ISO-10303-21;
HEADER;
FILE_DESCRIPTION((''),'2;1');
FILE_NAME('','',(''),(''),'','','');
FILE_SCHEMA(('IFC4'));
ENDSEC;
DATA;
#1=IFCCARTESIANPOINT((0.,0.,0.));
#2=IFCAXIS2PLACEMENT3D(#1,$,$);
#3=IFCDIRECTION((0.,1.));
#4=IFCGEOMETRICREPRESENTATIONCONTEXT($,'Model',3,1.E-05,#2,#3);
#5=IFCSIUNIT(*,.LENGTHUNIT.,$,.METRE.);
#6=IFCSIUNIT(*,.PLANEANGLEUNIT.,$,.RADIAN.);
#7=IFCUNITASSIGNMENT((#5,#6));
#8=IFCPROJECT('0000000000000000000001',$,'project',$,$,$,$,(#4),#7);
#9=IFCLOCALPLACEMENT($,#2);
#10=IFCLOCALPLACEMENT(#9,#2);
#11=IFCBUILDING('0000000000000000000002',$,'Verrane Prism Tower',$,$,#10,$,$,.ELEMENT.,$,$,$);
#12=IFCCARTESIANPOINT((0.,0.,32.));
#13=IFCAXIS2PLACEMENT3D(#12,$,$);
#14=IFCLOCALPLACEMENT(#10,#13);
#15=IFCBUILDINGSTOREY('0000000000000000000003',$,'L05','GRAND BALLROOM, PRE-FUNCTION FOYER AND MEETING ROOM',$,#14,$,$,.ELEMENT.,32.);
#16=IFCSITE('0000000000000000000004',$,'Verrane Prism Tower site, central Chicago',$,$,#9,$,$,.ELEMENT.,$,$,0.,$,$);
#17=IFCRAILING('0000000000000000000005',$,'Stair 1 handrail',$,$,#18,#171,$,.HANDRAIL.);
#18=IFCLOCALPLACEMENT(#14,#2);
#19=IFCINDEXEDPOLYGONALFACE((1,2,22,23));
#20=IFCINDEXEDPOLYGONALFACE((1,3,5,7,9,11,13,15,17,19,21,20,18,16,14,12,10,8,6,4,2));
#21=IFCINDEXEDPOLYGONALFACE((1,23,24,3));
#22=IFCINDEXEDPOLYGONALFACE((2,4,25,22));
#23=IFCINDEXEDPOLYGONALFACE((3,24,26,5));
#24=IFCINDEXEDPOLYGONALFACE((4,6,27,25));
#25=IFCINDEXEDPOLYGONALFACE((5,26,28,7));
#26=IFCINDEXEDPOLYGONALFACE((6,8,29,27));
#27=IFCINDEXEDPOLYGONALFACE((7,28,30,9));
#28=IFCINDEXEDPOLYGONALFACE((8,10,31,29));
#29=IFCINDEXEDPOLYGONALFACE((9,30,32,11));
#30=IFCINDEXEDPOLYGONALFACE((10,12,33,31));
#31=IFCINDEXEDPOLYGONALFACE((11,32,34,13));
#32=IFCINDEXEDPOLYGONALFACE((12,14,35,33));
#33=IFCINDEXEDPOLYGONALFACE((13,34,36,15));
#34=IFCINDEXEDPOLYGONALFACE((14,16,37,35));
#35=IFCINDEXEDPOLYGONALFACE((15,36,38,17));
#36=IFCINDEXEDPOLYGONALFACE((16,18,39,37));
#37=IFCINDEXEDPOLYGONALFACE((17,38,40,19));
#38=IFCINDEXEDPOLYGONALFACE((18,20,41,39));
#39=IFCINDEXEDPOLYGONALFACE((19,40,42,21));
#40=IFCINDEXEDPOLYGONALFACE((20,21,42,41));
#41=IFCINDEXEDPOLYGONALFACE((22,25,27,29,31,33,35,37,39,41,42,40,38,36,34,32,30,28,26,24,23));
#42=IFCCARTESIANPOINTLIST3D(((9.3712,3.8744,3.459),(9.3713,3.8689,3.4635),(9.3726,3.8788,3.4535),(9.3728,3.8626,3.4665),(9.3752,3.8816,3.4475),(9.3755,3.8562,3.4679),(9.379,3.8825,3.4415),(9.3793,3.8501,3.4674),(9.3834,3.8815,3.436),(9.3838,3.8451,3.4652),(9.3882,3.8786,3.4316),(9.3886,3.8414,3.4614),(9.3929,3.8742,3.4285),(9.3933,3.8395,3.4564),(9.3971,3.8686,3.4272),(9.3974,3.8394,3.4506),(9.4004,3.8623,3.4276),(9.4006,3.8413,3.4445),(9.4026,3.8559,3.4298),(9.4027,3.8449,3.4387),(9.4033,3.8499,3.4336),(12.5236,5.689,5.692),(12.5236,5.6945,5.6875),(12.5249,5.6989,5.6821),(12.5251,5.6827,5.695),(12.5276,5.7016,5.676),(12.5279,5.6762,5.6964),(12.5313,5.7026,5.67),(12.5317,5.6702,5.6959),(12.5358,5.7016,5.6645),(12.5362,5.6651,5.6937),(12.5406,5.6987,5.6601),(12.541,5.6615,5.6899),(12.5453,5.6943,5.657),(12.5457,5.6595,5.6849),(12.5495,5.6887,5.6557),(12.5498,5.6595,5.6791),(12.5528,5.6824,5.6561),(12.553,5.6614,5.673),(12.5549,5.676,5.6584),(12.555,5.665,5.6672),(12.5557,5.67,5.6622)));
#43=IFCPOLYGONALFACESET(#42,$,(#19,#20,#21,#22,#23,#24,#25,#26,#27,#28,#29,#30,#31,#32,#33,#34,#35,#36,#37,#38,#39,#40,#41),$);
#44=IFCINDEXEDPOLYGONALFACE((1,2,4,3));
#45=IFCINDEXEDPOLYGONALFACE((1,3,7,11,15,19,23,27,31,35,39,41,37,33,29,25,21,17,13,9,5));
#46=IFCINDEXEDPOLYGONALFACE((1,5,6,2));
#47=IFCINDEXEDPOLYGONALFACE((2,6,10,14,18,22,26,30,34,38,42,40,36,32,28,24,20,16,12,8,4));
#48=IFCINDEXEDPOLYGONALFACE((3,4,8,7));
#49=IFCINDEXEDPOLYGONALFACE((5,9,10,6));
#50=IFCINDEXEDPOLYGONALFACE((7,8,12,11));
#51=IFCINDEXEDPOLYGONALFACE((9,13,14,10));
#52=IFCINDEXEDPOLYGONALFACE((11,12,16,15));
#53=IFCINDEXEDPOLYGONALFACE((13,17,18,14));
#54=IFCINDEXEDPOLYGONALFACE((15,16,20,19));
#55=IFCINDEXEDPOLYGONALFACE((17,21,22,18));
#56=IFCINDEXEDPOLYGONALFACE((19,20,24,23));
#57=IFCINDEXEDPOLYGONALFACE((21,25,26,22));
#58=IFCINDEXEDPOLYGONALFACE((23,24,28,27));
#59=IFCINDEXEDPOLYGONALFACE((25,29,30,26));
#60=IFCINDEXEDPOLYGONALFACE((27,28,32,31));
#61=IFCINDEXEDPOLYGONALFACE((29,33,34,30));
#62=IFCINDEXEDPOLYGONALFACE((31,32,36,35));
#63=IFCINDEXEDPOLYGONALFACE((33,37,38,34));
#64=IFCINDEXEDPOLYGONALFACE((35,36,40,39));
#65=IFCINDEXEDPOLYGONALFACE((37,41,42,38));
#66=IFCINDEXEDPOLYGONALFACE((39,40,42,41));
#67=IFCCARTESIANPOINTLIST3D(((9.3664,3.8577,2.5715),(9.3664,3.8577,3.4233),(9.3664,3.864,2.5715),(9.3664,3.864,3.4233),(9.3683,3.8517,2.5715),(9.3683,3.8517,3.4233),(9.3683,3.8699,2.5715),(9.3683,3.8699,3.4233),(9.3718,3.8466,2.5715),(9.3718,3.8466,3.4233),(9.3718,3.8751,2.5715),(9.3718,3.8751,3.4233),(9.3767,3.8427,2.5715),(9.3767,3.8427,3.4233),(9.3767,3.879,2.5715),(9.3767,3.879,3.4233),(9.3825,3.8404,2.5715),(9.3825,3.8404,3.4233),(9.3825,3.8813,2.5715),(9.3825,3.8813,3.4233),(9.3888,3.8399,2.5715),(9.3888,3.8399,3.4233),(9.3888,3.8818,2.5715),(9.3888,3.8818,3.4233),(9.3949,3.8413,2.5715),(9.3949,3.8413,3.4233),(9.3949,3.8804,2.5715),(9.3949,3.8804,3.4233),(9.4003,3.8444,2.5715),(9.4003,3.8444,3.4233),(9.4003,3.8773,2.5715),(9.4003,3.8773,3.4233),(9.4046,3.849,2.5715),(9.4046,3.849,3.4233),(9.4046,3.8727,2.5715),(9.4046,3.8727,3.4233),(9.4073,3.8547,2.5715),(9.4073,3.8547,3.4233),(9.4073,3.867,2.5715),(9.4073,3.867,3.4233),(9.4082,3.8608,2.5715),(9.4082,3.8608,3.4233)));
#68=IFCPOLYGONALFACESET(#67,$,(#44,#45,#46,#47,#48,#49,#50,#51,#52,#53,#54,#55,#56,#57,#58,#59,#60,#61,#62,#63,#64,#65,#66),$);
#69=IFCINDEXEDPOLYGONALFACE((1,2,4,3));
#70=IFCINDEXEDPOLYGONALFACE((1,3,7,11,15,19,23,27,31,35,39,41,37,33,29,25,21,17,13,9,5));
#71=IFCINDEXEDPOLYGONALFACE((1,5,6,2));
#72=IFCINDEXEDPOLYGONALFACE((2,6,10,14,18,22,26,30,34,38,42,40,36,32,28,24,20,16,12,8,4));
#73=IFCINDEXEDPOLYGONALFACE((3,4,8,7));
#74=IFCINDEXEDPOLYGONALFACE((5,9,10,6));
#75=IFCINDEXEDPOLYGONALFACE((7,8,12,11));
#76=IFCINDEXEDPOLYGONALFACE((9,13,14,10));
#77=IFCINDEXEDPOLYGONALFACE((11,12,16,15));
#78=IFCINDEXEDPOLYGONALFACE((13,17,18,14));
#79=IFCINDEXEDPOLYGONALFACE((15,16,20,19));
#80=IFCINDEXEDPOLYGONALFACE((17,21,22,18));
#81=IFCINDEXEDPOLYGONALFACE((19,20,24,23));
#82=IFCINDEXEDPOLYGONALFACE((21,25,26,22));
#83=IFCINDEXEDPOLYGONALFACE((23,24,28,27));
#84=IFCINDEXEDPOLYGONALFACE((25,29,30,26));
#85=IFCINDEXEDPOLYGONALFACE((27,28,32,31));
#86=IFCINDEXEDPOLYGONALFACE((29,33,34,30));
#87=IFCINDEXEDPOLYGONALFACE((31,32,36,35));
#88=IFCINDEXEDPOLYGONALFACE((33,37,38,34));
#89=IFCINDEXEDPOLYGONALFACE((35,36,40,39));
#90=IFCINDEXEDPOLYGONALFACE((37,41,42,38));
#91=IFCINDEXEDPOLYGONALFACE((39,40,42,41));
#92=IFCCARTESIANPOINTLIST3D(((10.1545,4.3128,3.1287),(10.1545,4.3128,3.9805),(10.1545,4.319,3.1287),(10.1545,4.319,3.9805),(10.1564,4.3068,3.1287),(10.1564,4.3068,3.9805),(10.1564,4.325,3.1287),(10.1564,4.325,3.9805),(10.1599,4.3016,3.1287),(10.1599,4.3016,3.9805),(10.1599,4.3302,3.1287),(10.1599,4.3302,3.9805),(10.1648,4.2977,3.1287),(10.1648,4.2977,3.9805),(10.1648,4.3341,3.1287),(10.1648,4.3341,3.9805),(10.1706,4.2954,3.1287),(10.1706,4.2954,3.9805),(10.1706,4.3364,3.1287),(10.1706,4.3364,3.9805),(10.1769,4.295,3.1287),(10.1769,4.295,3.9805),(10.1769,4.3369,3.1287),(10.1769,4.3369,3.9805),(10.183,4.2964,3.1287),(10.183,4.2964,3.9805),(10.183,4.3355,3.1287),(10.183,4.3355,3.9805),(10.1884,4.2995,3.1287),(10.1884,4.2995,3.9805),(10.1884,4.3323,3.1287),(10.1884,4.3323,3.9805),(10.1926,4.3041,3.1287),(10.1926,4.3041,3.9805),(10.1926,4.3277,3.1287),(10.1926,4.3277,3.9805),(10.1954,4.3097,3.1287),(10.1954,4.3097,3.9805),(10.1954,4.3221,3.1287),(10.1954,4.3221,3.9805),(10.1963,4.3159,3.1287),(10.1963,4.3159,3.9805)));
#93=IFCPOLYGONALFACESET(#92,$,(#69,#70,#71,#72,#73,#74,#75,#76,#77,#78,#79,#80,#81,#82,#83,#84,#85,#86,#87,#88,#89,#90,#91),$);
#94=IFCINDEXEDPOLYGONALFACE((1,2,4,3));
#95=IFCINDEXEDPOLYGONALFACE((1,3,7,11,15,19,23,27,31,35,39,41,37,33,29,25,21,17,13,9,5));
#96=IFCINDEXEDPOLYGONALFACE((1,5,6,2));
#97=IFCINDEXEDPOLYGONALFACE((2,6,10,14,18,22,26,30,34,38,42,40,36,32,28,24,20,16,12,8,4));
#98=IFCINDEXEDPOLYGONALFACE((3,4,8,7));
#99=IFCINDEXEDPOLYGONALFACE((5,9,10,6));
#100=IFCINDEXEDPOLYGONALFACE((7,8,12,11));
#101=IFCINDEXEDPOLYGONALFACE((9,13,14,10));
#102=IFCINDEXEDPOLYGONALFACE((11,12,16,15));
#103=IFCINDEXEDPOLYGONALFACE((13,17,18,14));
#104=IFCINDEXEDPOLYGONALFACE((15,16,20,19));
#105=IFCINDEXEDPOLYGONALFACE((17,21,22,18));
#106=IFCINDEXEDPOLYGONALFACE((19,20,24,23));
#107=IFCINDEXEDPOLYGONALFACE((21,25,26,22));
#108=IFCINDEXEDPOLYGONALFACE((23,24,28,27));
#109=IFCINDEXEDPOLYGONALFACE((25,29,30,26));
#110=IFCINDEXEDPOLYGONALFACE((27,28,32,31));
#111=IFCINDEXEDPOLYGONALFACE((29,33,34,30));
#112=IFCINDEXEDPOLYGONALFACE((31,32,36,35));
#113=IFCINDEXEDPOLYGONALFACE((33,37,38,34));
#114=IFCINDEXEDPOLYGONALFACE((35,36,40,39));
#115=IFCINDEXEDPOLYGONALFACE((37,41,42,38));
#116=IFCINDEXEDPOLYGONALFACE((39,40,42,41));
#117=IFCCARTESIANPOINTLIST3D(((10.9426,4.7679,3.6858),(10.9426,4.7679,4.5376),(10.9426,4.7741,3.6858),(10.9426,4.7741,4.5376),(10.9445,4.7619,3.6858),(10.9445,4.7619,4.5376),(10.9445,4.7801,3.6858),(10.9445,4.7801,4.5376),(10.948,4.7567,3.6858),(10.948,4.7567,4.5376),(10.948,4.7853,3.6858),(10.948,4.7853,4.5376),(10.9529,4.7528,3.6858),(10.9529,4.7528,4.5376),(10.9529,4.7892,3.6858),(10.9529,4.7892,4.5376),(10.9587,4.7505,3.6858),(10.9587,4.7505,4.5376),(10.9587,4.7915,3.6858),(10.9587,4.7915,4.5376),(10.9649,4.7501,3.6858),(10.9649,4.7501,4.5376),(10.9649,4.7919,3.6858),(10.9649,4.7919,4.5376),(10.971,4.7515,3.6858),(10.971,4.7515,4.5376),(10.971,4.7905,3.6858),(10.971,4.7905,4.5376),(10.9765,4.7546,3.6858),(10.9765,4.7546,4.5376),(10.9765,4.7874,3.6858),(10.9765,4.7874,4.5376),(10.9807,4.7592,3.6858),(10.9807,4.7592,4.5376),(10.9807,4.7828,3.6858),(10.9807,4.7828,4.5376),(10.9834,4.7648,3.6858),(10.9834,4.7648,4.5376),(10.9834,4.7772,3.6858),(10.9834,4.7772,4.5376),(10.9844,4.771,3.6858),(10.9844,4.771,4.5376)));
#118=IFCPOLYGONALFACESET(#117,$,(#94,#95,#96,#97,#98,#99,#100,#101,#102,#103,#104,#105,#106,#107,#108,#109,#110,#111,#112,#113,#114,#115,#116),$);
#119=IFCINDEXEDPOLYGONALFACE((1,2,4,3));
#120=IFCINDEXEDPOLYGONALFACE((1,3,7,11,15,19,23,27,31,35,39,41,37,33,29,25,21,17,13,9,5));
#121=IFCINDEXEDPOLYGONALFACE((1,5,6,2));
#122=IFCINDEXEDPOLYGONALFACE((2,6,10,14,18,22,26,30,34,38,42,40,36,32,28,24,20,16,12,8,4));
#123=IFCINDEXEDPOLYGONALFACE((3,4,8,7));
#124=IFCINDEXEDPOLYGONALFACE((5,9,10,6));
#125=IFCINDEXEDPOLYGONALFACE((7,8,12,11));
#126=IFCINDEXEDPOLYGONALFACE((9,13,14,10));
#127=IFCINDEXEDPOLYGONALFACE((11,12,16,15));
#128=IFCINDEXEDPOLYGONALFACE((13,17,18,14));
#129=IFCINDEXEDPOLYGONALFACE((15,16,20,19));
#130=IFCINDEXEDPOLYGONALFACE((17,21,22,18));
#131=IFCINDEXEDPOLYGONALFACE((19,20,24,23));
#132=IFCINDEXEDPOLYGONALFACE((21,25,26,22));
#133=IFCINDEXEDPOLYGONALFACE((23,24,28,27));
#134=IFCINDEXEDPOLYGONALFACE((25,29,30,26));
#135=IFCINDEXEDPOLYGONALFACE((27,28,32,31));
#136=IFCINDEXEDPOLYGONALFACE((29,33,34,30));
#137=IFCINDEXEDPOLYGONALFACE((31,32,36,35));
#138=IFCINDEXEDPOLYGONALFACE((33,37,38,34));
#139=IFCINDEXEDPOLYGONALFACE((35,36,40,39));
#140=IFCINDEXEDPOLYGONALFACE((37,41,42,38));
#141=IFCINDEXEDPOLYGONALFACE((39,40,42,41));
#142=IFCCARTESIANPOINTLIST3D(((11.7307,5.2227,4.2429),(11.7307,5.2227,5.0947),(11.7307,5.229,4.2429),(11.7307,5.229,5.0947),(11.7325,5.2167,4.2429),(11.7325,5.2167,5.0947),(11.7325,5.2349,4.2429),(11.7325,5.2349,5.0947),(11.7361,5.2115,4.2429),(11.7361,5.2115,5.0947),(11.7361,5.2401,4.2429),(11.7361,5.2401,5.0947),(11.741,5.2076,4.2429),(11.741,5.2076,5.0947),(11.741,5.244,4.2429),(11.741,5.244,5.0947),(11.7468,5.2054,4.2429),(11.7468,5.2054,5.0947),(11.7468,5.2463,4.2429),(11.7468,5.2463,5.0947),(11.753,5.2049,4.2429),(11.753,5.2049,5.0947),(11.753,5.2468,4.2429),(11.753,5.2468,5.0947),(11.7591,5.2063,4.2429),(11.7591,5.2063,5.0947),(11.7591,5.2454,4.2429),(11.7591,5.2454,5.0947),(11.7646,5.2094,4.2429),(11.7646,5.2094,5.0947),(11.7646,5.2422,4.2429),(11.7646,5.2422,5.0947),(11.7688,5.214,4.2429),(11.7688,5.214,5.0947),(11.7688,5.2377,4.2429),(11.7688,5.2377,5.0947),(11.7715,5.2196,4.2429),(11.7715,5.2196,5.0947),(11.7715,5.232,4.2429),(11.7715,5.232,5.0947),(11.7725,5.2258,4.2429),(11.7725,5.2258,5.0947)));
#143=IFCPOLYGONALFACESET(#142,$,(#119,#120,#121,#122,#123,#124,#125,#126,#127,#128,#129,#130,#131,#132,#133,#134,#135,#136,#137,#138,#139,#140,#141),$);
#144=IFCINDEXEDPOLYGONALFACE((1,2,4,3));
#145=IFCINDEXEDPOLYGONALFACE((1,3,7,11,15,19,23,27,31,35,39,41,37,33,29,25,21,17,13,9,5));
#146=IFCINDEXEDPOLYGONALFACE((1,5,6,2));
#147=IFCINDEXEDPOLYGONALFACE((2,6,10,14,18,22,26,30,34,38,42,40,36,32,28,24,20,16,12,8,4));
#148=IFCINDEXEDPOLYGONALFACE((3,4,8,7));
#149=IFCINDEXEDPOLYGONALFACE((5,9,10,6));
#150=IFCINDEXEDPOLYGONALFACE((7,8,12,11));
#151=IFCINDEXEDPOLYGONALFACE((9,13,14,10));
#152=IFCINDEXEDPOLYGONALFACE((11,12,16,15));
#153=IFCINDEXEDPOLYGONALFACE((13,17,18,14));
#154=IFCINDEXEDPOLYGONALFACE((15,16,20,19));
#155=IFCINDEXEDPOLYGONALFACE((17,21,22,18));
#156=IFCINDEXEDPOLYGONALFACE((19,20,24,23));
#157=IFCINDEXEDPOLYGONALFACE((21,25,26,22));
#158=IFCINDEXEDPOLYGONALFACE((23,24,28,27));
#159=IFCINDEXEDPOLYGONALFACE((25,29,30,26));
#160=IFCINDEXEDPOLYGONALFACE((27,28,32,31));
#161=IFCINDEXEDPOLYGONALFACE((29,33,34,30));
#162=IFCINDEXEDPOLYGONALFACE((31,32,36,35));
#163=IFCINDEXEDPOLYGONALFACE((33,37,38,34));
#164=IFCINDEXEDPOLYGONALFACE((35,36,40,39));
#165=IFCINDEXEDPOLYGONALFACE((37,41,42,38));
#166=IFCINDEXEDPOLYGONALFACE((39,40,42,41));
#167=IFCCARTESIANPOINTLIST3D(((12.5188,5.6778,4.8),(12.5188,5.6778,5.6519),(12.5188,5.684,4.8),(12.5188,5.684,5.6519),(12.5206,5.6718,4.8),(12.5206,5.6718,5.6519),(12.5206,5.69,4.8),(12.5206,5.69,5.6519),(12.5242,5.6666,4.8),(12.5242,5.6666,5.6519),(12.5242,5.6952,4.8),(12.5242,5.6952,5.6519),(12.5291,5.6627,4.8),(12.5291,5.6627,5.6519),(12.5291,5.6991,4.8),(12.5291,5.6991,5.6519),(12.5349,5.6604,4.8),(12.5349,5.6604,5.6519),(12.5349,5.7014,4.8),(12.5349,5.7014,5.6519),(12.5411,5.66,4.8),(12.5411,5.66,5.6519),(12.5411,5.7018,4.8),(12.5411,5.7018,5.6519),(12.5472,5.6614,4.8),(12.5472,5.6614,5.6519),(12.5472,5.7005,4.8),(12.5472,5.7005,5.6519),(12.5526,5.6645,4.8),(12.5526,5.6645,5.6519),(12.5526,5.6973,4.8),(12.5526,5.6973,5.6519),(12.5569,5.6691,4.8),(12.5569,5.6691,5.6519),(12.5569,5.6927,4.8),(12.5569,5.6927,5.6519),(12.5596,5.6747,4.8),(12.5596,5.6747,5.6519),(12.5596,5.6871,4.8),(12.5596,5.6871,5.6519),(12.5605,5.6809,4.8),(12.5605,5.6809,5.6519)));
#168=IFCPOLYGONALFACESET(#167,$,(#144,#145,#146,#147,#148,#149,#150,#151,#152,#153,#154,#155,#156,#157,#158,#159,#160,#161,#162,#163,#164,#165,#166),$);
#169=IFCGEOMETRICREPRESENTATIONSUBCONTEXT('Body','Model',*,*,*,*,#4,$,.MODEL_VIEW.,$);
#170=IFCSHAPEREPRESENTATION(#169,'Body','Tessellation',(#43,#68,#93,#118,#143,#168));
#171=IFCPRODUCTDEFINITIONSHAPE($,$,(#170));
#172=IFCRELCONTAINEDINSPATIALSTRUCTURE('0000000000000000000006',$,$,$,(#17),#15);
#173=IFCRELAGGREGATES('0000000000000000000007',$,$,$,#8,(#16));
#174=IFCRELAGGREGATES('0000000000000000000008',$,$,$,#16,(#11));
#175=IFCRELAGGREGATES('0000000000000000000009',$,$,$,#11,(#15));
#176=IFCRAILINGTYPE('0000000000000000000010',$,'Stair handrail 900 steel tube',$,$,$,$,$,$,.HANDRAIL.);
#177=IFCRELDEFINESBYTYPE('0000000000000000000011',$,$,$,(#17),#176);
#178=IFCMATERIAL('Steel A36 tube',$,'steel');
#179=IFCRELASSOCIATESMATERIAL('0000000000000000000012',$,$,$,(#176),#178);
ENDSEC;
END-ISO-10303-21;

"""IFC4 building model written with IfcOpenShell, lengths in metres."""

from ifc_helpers import new_model, si_unit, direction, frame, origin, origin_2d, place, context, subcontext, project, spatial, circle, extrude, material, type_object, element, save


model = new_model("IFC4")

# Units and contexts
model_context = context("Model", 3, precision=1e-05, world=origin(), true_north=direction((0.0, 1.0)))
body_context = subcontext(model_context, "Body", "Model", "MODEL_VIEW")
ifc_project = project(units=[si_unit("LENGTHUNIT", "METRE"), si_unit("PLANEANGLEUNIT", "RADIAN")], contexts=[model_context])

# Site, building, storey
site_placement = place(None, origin())
site = spatial("IfcSite", under=ifc_project, at=site_placement, Name="Verrane Prism Tower site, central Chicago", CompositionType="ELEMENT", RefElevation=0.0)
building_placement = place(site_placement, origin())
building = spatial("IfcBuilding", under=site, at=building_placement, Name="Verrane Prism Tower", CompositionType="ELEMENT")
storey_placement = place(building_placement, frame((0.0, 0.0, 32.0)))
storey = spatial("IfcBuildingStorey", under=building, at=storey_placement, Name="L05", Description="GRAND BALLROOM, PRE-FUNCTION FOYER AND MEETING ROOM", CompositionType="ELEMENT", Elevation=32.0)

# Railing
ifc_material_1 = material(Name="Steel A36 tube", Category="steel")
railing_type_1 = type_object("IfcRailingType", Name="Stair handrail 900 steel tube", PredefinedType="HANDRAIL", material=ifc_material_1)
railing_1_placement = place(storey_placement, frame((9.3872, 3.8608, 2.5715)))
element("IfcRailing", 1, at=railing_1_placement, inside=storey, type_object=railing_type_1, Name="Stair 1 handrail", PredefinedType="HANDRAIL", context=body_context, shape_type="SweptSolid", body=[
    extrude(circle(Radius=0.0239, at=origin_2d()), frame((0.0, 0.0, 0.876), z_axis=(0.738592, 0.426441, 0.52214), x_axis=(-0.500013, 0.866018, 0.0)), (0.0, 0.0, 1.0), 4.2681),
    extrude(circle(Radius=0.021, at=origin_2d()), origin(), (0.0, 0.0, 1.0), 0.8518),
    extrude(circle(Radius=0.021, at=origin_2d()), frame((0.7881, 0.4551, 0.5571)), (0.0, 0.0, 1.0), 0.8518),
    extrude(circle(Radius=0.021, at=origin_2d()), frame((1.5762, 0.9102, 1.1143)), (0.0, 0.0, 1.0), 0.8518),
    extrude(circle(Radius=0.021, at=origin_2d()), frame((2.3643, 1.365, 1.6714)), (0.0, 0.0, 1.0), 0.8518),
    extrude(circle(Radius=0.021, at=origin_2d()), frame((3.1523, 1.8201, 2.2285)), (0.0, 0.0, 1.0), 0.8518),
])

save(model, "model.ifc")
